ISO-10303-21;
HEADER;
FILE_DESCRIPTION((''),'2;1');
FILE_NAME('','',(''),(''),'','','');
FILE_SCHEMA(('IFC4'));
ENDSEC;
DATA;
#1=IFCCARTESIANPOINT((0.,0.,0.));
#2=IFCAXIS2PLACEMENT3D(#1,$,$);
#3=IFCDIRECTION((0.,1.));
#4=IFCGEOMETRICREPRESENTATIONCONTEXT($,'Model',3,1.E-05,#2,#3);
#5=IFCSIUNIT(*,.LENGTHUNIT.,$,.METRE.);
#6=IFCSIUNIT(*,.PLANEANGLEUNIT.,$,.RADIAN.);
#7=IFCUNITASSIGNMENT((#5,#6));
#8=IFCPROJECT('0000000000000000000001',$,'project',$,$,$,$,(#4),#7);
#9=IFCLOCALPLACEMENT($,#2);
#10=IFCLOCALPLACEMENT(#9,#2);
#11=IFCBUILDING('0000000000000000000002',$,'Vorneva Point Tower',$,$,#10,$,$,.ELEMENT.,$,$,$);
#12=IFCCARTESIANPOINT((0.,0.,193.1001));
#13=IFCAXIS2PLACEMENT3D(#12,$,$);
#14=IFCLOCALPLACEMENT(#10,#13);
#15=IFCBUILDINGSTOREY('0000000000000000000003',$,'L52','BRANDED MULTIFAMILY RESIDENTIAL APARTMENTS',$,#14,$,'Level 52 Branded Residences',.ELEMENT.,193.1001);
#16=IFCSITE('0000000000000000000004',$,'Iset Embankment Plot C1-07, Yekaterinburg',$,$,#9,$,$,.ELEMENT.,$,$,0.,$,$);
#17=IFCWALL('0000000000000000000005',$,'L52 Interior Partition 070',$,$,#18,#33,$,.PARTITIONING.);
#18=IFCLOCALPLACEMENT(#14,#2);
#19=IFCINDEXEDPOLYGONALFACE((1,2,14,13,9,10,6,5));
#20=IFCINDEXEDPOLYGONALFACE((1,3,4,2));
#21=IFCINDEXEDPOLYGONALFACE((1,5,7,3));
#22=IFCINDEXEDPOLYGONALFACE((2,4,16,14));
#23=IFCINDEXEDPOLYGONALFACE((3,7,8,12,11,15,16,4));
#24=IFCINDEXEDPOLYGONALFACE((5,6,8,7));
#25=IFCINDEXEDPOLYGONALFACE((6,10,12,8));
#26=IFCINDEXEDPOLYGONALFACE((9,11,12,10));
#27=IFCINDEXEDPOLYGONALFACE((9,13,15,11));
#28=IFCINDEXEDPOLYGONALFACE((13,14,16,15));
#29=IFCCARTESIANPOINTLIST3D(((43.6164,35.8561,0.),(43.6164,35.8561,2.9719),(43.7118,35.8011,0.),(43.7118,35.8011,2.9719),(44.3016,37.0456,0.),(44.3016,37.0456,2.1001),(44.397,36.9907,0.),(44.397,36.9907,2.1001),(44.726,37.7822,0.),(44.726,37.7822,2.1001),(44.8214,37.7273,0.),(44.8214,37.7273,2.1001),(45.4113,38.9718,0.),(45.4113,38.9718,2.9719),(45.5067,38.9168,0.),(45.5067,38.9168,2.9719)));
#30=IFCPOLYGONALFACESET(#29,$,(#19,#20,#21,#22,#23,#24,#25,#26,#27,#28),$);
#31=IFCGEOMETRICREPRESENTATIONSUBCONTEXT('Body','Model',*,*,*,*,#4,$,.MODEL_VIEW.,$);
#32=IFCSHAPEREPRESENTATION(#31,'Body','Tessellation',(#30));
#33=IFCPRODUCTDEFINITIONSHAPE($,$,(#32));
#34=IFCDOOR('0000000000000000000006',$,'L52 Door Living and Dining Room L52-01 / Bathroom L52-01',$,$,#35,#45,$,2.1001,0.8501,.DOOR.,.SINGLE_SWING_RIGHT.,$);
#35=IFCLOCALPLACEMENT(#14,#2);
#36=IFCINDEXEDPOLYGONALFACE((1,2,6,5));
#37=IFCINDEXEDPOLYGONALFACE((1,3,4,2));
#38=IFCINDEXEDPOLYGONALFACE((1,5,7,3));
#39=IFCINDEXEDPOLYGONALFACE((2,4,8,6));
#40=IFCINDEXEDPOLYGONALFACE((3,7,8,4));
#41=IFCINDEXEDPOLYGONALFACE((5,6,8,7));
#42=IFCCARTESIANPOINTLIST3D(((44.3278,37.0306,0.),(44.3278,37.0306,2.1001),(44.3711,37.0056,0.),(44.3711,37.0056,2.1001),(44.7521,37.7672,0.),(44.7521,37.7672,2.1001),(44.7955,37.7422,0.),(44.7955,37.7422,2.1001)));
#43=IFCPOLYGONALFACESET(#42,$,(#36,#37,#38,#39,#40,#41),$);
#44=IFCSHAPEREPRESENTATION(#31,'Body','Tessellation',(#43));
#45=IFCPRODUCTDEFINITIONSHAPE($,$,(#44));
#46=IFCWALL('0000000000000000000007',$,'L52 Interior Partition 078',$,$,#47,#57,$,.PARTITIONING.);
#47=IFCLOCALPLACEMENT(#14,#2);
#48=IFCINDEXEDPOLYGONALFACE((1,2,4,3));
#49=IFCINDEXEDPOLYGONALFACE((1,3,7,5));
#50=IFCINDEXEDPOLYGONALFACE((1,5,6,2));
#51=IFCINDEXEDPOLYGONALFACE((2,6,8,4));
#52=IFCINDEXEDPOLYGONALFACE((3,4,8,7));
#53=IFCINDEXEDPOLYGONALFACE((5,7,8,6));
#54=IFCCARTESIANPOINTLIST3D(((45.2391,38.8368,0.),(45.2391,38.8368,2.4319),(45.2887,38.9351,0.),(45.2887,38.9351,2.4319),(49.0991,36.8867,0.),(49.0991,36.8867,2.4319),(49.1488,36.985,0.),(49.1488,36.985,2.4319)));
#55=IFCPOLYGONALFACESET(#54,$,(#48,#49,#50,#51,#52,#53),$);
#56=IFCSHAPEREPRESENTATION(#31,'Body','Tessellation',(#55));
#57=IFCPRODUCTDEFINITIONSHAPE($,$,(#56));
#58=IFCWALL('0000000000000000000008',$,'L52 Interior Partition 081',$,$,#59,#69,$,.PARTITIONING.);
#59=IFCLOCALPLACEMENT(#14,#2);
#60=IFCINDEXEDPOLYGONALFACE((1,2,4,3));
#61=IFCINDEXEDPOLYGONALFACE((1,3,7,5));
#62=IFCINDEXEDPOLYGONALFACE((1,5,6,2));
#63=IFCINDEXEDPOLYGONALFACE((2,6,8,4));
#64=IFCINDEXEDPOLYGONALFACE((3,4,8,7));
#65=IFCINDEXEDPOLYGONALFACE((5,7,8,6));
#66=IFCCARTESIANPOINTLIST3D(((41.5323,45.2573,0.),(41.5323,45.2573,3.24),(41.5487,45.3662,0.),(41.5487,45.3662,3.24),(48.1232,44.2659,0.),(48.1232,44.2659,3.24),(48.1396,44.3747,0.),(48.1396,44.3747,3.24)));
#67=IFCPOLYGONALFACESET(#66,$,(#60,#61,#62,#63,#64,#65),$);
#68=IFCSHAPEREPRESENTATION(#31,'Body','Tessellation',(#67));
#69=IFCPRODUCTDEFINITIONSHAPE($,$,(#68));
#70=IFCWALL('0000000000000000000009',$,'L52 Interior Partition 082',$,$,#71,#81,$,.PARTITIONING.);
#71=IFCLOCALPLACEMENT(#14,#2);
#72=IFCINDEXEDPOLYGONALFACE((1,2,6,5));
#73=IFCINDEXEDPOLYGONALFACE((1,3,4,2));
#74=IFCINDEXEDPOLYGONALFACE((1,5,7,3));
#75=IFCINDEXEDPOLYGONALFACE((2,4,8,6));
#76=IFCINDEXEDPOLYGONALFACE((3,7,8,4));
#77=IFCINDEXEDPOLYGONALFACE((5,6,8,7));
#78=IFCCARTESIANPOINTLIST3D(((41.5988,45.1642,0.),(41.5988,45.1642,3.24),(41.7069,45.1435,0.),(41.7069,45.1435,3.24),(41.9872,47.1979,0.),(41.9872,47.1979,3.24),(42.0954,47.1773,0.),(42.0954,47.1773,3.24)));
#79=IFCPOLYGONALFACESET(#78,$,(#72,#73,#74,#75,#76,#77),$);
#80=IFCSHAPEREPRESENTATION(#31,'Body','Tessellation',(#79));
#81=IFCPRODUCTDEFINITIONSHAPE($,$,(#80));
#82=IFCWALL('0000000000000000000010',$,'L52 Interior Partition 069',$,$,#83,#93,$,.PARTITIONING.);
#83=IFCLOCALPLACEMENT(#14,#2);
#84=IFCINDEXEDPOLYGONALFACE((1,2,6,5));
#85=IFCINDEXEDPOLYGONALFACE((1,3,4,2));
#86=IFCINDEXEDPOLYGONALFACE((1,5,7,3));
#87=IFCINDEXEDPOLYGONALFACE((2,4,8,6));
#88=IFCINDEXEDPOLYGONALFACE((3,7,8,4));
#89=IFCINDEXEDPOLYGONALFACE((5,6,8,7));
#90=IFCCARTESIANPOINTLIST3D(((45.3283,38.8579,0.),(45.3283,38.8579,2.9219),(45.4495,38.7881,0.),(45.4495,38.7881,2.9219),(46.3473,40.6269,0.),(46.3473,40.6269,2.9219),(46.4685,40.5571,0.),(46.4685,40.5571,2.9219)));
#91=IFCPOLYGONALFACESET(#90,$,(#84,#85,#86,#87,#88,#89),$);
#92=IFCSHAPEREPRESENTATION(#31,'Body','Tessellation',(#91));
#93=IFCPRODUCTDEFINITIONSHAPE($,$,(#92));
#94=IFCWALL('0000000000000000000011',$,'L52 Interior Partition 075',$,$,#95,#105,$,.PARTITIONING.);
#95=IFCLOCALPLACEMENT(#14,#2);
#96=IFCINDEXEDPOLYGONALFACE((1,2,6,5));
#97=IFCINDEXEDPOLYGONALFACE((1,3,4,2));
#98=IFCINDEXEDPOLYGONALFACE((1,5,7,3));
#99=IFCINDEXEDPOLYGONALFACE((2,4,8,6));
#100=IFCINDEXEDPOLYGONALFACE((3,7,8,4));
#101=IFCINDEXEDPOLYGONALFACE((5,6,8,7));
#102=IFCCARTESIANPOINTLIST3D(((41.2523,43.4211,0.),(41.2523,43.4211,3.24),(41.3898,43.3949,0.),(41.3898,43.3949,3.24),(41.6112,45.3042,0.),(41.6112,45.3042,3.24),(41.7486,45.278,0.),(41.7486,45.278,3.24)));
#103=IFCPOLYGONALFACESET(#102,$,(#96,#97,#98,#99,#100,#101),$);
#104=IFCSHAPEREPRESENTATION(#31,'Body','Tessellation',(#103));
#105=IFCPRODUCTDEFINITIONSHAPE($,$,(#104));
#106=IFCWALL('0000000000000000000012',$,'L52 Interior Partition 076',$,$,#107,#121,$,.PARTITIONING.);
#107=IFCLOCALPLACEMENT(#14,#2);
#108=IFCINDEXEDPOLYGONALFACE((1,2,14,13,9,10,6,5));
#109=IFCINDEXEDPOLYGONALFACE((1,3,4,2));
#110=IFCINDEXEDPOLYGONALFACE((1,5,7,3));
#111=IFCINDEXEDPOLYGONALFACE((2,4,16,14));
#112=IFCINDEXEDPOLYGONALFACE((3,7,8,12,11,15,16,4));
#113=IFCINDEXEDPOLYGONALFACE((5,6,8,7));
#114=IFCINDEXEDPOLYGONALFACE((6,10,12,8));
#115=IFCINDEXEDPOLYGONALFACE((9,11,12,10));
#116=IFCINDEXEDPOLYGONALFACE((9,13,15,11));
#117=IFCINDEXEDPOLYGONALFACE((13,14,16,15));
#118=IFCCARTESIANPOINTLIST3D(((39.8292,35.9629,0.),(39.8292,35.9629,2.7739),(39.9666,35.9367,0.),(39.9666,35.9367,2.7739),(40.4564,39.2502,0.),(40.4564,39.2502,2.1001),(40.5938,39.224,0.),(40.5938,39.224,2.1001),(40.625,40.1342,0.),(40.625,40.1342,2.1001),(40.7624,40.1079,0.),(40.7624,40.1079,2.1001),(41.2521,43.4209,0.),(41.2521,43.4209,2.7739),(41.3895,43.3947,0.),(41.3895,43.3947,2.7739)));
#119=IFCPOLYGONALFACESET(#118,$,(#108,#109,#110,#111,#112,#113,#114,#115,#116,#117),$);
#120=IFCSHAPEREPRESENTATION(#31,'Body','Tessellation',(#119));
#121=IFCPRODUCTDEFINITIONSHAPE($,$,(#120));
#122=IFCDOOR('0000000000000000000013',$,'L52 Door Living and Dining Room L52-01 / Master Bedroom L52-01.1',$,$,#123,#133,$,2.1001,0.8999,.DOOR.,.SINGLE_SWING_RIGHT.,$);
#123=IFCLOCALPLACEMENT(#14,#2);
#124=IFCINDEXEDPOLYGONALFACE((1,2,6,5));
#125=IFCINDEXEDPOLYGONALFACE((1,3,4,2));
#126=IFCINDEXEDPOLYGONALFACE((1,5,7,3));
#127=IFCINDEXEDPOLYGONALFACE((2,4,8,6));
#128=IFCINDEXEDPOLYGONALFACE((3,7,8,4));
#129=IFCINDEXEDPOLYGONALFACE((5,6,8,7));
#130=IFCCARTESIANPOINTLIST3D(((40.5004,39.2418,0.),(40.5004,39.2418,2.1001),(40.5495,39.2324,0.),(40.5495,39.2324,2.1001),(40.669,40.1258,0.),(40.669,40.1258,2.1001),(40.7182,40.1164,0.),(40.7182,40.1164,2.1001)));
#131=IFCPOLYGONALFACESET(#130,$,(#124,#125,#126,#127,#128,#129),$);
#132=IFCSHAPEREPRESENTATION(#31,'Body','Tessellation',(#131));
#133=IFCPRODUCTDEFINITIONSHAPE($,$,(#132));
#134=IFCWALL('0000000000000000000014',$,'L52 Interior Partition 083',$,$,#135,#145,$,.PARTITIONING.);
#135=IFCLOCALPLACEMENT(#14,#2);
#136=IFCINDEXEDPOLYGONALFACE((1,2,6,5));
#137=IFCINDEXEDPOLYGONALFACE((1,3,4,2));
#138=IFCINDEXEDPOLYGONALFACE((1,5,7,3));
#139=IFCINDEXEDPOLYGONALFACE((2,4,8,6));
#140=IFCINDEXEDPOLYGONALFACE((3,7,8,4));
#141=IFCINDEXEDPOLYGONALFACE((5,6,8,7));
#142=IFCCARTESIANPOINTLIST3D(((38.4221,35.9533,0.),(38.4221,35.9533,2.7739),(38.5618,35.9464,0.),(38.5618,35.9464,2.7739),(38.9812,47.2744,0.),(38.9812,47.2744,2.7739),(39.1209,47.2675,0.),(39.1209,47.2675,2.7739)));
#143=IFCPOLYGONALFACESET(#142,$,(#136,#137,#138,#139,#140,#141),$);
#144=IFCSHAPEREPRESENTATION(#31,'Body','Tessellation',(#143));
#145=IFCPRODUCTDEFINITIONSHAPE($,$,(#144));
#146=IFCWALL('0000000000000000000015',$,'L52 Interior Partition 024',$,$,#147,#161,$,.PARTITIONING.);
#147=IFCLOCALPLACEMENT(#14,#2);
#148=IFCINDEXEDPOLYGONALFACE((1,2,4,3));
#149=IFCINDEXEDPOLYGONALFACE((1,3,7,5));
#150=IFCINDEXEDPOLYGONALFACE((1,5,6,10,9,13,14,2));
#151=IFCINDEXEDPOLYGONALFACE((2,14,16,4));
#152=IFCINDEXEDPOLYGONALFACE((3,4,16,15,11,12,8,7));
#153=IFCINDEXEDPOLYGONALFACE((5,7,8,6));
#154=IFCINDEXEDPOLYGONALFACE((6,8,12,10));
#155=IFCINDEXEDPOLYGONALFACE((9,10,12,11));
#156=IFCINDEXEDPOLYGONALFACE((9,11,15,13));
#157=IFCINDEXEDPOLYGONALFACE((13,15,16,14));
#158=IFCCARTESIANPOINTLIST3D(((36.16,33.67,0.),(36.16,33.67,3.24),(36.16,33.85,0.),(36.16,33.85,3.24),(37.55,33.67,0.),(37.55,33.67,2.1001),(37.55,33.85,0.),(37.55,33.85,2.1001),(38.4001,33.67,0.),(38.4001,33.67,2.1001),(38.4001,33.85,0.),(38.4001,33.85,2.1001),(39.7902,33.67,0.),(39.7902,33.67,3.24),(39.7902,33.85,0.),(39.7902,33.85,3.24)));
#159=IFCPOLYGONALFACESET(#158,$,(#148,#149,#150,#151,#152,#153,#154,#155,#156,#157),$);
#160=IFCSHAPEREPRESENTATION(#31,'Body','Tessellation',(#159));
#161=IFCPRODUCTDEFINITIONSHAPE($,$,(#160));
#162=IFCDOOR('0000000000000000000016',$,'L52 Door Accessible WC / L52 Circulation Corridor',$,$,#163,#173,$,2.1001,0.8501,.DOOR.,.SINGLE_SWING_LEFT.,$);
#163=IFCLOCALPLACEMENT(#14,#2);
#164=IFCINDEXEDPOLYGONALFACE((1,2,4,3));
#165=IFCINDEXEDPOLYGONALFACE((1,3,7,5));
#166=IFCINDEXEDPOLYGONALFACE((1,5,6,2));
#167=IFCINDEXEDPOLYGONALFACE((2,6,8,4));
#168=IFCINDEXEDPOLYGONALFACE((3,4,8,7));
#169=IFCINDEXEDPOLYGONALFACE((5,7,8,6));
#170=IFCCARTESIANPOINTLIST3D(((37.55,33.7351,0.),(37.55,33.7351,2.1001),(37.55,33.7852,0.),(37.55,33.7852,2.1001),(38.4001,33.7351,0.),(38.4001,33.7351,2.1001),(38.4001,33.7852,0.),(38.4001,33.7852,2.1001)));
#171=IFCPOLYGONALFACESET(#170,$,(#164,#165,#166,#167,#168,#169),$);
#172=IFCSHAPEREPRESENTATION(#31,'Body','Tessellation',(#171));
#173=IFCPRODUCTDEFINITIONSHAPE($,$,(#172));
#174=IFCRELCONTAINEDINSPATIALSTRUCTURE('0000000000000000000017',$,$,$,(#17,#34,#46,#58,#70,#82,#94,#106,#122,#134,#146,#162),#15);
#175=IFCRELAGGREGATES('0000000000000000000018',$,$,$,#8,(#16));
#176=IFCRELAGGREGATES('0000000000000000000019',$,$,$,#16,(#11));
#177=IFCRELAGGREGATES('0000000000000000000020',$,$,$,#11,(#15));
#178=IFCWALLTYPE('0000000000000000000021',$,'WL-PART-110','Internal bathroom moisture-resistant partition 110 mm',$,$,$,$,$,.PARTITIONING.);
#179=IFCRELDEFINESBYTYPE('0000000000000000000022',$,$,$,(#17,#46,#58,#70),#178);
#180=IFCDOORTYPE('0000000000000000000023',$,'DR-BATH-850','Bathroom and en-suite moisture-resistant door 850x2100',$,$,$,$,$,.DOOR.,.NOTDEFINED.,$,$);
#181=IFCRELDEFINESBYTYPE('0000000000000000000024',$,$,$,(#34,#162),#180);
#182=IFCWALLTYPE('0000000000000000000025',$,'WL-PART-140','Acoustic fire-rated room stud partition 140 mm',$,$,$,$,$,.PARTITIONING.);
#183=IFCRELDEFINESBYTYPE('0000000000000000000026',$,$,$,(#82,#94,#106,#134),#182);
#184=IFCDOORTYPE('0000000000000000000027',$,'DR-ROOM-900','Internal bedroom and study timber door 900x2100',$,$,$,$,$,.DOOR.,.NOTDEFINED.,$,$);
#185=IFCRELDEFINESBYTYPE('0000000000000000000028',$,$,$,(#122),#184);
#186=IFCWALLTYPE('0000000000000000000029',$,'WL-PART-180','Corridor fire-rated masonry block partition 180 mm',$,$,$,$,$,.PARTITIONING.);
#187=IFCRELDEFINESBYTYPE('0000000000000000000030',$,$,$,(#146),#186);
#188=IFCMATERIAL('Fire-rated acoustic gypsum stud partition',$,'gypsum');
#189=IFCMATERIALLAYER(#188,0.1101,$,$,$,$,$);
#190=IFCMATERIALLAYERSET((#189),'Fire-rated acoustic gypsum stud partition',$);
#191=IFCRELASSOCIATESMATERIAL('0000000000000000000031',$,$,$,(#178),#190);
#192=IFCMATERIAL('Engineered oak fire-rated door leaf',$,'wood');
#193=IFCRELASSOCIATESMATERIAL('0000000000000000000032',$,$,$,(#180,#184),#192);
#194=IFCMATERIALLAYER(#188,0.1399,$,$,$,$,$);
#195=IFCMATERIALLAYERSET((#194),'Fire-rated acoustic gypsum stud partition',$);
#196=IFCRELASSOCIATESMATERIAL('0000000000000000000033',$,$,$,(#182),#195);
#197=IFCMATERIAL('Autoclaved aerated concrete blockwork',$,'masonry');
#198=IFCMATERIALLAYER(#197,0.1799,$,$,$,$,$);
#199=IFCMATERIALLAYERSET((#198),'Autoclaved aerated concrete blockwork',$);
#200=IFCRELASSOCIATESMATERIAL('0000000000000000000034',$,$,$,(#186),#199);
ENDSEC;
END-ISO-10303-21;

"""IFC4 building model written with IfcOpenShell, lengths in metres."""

from ifc_helpers import new_model, si_unit, direction, frame, frame_2d, origin, place, context, subcontext, project, spatial, rectangle, extrude, material, layer, layer_set, type_object, element, fill, save


model = new_model("IFC4")

# Units and contexts
model_context = context("Model", 3, precision=1e-05, world=origin(), true_north=direction((0.0, 1.0)))
body_context = subcontext(model_context, "Body", "Model", "MODEL_VIEW")
ifc_project = project(units=[si_unit("LENGTHUNIT", "METRE"), si_unit("PLANEANGLEUNIT", "RADIAN")], contexts=[model_context])

# Site, building, storey
site_placement = place(None, origin())
site = spatial("IfcSite", under=ifc_project, at=site_placement, Name="Iset Embankment Plot C1-07, Yekaterinburg", CompositionType="ELEMENT", RefElevation=0.0)
building_placement = place(site_placement, origin())
building = spatial("IfcBuilding", under=site, at=building_placement, Name="Vorneva Point Tower", CompositionType="ELEMENT")
storey_placement = place(building_placement, frame((0.0, 0.0, 193.1001)))
storey = spatial("IfcBuildingStorey", under=building, at=storey_placement, Name="L52", Description="BRANDED MULTIFAMILY RESIDENTIAL APARTMENTS", LongName="Level 52 Branded Residences", CompositionType="ELEMENT", Elevation=193.1001)

# Wall, opening, door
ifc_material_1 = material(Name="Fire-rated acoustic gypsum stud partition", Category="gypsum")
ifc_layer_1 = layer(ifc_material_1, 0.1101)
ifc_layer_set_1 = layer_set([ifc_layer_1], Name="Fire-rated acoustic gypsum stud partition")
wall_type_1 = type_object("IfcWallType", Name="WL-PART-110", Description="Internal bathroom moisture-resistant partition 110 mm", PredefinedType="PARTITIONING", material=ifc_layer_set_1)
wall_1_placement = place(storey_placement, frame((43.6641, 35.8286, 0.0), z_axis=(0.0, 0.0, 1.0), x_axis=(0.499178, 0.8665, 0.0)))
wall_1 = element("IfcWall", 1, at=wall_1_placement, inside=storey, type_object=wall_type_1, Name="L52 Interior Partition 070", PredefinedType="PARTITIONING", context=body_context, shape_type="SweptSolid", body=[
    extrude(rectangle(XDim=3.5957, YDim=0.1101, at=frame_2d((1.7979, 0.0))), origin(), (0.0, 0.0, 1.0), 2.9719),
])
opening_1_placement = place(wall_1_placement, frame((1.3728, 0.0, 0.0)))
opening_1 = element("IfcOpeningElement", 2, at=opening_1_placement, cuts=wall_1, PredefinedType="OPENING", context=body_context, shape_type="SweptSolid", body=[
    extrude(rectangle(XDim=0.8501, YDim=2.1001, at=frame_2d((0.425, 1.05))), frame((0.0, 0.0698, 0.0), z_axis=(0.0, -1.0, 0.0), x_axis=(1.0, 0.0, 0.0)), (0.0, 0.0, 1.0), 0.1399),
])
ifc_material_2 = material(Name="Engineered oak fire-rated door leaf", Category="wood")
door_type_1 = type_object("IfcDoorType", Name="DR-BATH-850", Description="Bathroom and en-suite moisture-resistant door 850x2100", OperationType="NOTDEFINED", PredefinedType="DOOR", material=ifc_material_2)
door_1_placement = place(opening_1_placement, origin())
door_1 = element("IfcDoor", 3, at=door_1_placement, inside=storey, type_object=door_type_1, Name="L52 Door Living and Dining Room L52-01 / Bathroom L52-01", OperationType="SINGLE_SWING_RIGHT", OverallHeight=2.1001, OverallWidth=0.8501, PredefinedType="DOOR", context=body_context, shape_type="SweptSolid", body=[
    extrude(rectangle(XDim=0.8501, YDim=2.1001, at=frame_2d((0.425, 1.05))), frame((0.0, 0.0249, 0.0), z_axis=(0.0, -1.0, 0.0), x_axis=(1.0, 0.0, 0.0)), (0.0, 0.0, 1.0), 0.05),
])
fill(opening_1, door_1)

# Walls
wall_2_placement = place(storey_placement, frame((45.2639, 38.886, 0.0), z_axis=(0.0, 0.0, 1.0), x_axis=(0.892557, -0.450936, 0.0)))
element("IfcWall", 4, at=wall_2_placement, inside=storey, type_object=wall_type_1, Name="L52 Interior Partition 078", PredefinedType="PARTITIONING", context=body_context, shape_type="SweptSolid", body=[
    extrude(rectangle(XDim=4.3247, YDim=0.1101, at=frame_2d((2.1624, 0.0))), origin(), (0.0, 0.0, 1.0), 2.4319),
])
wall_3_placement = place(storey_placement, frame((41.5405, 45.3118, 0.0), z_axis=(0.0, 0.0, 1.0), x_axis=(0.988874, -0.148756, 0.0)))
element("IfcWall", 5, at=wall_3_placement, inside=storey, type_object=wall_type_1, Name="L52 Interior Partition 081", PredefinedType="PARTITIONING", context=body_context, shape_type="SweptSolid", body=[
    extrude(rectangle(XDim=6.665, YDim=0.1101, at=frame_2d((3.3325, 0.0))), origin(), (0.0, 0.0, 1.0), 3.24),
])
wall_4_placement = place(storey_placement, frame((42.0413, 47.1875, 0.0), z_axis=(0.0, 0.0, 1.0), x_axis=(-0.187605, -0.982245, 0.0)))
element("IfcWall", 6, at=wall_4_placement, inside=storey, type_object=wall_type_1, Name="L52 Interior Partition 082", PredefinedType="PARTITIONING", context=body_context, shape_type="SweptSolid", body=[
    extrude(rectangle(XDim=2.0706, YDim=0.1101, at=frame_2d((1.0352, 0.0))), origin(), (0.0, 0.0, 1.0), 3.24),
])
ifc_layer_2 = layer(ifc_material_1, 0.1399)
ifc_layer_set_2 = layer_set([ifc_layer_2], Name="Fire-rated acoustic gypsum stud partition")
wall_type_2 = type_object("IfcWallType", Name="WL-PART-140", Description="Acoustic fire-rated room stud partition 140 mm", PredefinedType="PARTITIONING", material=ifc_layer_set_2)
wall_5_placement = place(storey_placement, frame((45.3889, 38.823, 0.0), z_axis=(0.0, 0.0, 1.0), x_axis=(0.49915, 0.866516, 0.0)))
element("IfcWall", 7, at=wall_5_placement, inside=storey, type_object=wall_type_2, Name="L52 Interior Partition 069", PredefinedType="PARTITIONING", context=body_context, shape_type="SweptSolid", body=[
    extrude(rectangle(XDim=2.0415, YDim=0.1399, at=frame_2d((1.0208, 0.0))), origin(), (0.0, 0.0, 1.0), 2.9219),
])
wall_6_placement = place(storey_placement, frame((41.321, 43.408, 0.0), z_axis=(0.0, 0.0, 1.0), x_axis=(0.187217, 0.982318, 0.0)))
element("IfcWall", 8, at=wall_6_placement, inside=storey, type_object=wall_type_2, Name="L52 Interior Partition 075", PredefinedType="PARTITIONING", context=body_context, shape_type="SweptSolid", body=[
    extrude(rectangle(XDim=1.917, YDim=0.1399, at=frame_2d((0.9585, 0.0))), origin(), (0.0, 0.0, 1.0), 3.24),
])

# Wall, opening, door
wall_7_placement = place(storey_placement, frame((41.3208, 43.408, 0.0), z_axis=(0.0, 0.0, 1.0), x_axis=(-0.187402, -0.982283, 0.0)))
wall_7 = element("IfcWall", 9, at=wall_7_placement, inside=storey, type_object=wall_type_2, Name="L52 Interior Partition 076", PredefinedType="PARTITIONING", context=body_context, shape_type="SweptSolid", body=[
    extrude(rectangle(XDim=7.5925, YDim=0.1399, at=frame_2d((3.7964, 0.0))), origin(), (0.0, 0.0, 1.0), 2.7739),
])
opening_2_placement = place(wall_7_placement, frame((3.3462, 0.0, 0.0)))
opening_2 = element("IfcOpeningElement", 10, at=opening_2_placement, cuts=wall_7, PredefinedType="OPENING", context=body_context, shape_type="SweptSolid", body=[
    extrude(rectangle(XDim=0.8999, YDim=2.1001, at=frame_2d((0.45, 1.05))), frame((0.0, 0.085, 0.0), z_axis=(0.0, -1.0, 0.0), x_axis=(1.0, 0.0, 0.0)), (0.0, 0.0, 1.0), 0.1697),
])
door_type_2 = type_object("IfcDoorType", Name="DR-ROOM-900", Description="Internal bedroom and study timber door 900x2100", OperationType="NOTDEFINED", PredefinedType="DOOR", material=ifc_material_2)
door_2_placement = place(opening_2_placement, origin())
door_2 = element("IfcDoor", 11, at=door_2_placement, inside=storey, type_object=door_type_2, Name="L52 Door Living and Dining Room L52-01 / Master Bedroom L52-01.1", OperationType="SINGLE_SWING_RIGHT", OverallHeight=2.1001, OverallWidth=0.8999, PredefinedType="DOOR", context=body_context, shape_type="SweptSolid", body=[
    extrude(rectangle(XDim=0.8999, YDim=2.1001, at=frame_2d((0.45, 1.05))), frame((0.0, 0.0249, 0.0), z_axis=(0.0, -1.0, 0.0), x_axis=(1.0, 0.0, 0.0)), (0.0, 0.0, 1.0), 0.05),
])
fill(opening_2, door_2)

# Wall
wall_8_placement = place(storey_placement, frame((39.051, 47.271, 0.0), z_axis=(0.0, 0.0, 1.0), x_axis=(-0.049324, -0.998783, 0.0)))
element("IfcWall", 12, at=wall_8_placement, inside=storey, type_object=wall_type_2, Name="L52 Interior Partition 083", PredefinedType="PARTITIONING", context=body_context, shape_type="SweptSolid", body=[
    extrude(rectangle(XDim=11.335, YDim=0.1399, at=frame_2d((5.6675, 0.0))), origin(), (0.0, 0.0, 1.0), 2.7739),
])

# Wall, opening, door
ifc_material_3 = material(Name="Autoclaved aerated concrete blockwork", Category="masonry")
ifc_layer_3 = layer(ifc_material_3, 0.1799)
ifc_layer_set_3 = layer_set([ifc_layer_3], Name="Autoclaved aerated concrete blockwork")
wall_type_3 = type_object("IfcWallType", Name="WL-PART-180", Description="Corridor fire-rated masonry block partition 180 mm", PredefinedType="PARTITIONING", material=ifc_layer_set_3)
wall_9_placement = place(storey_placement, frame((39.79, 33.76, 0.0), z_axis=(0.0, 0.0, 1.0), x_axis=(-1.0, 0.0, 0.0)))
wall_9 = element("IfcWall", 13, at=wall_9_placement, inside=storey, type_object=wall_type_3, Name="L52 Interior Partition 024", PredefinedType="PARTITIONING", context=body_context, shape_type="SweptSolid", body=[
    extrude(rectangle(XDim=3.6301, YDim=0.1799, at=frame_2d((1.8149, 0.0))), origin(), (0.0, 0.0, 1.0), 3.24),
])
opening_3_placement = place(wall_9_placement, frame((1.3899, 0.0, 0.0)))
opening_3 = element("IfcOpeningElement", 14, at=opening_3_placement, cuts=wall_9, PredefinedType="OPENING", context=body_context, shape_type="SweptSolid", body=[
    extrude(rectangle(XDim=0.8501, YDim=2.1001, at=frame_2d((0.425, 1.05))), frame((0.0, 0.105, 0.0), z_axis=(0.0, -1.0, 0.0), x_axis=(1.0, 0.0, 0.0)), (0.0, 0.0, 1.0), 0.2097),
])
door_3_placement = place(opening_3_placement, origin())
door_3 = element("IfcDoor", 15, at=door_3_placement, inside=storey, type_object=door_type_1, Name="L52 Door Accessible WC / L52 Circulation Corridor", OperationType="SINGLE_SWING_LEFT", OverallHeight=2.1001, OverallWidth=0.8501, PredefinedType="DOOR", context=body_context, shape_type="SweptSolid", body=[
    extrude(rectangle(XDim=0.8501, YDim=2.1001, at=frame_2d((0.425, 1.05))), frame((0.0, 0.0249, 0.0), z_axis=(0.0, -1.0, 0.0), x_axis=(1.0, 0.0, 0.0)), (0.0, 0.0, 1.0), 0.05),
])
fill(opening_3, door_3)

save(model, "model.ifc")
